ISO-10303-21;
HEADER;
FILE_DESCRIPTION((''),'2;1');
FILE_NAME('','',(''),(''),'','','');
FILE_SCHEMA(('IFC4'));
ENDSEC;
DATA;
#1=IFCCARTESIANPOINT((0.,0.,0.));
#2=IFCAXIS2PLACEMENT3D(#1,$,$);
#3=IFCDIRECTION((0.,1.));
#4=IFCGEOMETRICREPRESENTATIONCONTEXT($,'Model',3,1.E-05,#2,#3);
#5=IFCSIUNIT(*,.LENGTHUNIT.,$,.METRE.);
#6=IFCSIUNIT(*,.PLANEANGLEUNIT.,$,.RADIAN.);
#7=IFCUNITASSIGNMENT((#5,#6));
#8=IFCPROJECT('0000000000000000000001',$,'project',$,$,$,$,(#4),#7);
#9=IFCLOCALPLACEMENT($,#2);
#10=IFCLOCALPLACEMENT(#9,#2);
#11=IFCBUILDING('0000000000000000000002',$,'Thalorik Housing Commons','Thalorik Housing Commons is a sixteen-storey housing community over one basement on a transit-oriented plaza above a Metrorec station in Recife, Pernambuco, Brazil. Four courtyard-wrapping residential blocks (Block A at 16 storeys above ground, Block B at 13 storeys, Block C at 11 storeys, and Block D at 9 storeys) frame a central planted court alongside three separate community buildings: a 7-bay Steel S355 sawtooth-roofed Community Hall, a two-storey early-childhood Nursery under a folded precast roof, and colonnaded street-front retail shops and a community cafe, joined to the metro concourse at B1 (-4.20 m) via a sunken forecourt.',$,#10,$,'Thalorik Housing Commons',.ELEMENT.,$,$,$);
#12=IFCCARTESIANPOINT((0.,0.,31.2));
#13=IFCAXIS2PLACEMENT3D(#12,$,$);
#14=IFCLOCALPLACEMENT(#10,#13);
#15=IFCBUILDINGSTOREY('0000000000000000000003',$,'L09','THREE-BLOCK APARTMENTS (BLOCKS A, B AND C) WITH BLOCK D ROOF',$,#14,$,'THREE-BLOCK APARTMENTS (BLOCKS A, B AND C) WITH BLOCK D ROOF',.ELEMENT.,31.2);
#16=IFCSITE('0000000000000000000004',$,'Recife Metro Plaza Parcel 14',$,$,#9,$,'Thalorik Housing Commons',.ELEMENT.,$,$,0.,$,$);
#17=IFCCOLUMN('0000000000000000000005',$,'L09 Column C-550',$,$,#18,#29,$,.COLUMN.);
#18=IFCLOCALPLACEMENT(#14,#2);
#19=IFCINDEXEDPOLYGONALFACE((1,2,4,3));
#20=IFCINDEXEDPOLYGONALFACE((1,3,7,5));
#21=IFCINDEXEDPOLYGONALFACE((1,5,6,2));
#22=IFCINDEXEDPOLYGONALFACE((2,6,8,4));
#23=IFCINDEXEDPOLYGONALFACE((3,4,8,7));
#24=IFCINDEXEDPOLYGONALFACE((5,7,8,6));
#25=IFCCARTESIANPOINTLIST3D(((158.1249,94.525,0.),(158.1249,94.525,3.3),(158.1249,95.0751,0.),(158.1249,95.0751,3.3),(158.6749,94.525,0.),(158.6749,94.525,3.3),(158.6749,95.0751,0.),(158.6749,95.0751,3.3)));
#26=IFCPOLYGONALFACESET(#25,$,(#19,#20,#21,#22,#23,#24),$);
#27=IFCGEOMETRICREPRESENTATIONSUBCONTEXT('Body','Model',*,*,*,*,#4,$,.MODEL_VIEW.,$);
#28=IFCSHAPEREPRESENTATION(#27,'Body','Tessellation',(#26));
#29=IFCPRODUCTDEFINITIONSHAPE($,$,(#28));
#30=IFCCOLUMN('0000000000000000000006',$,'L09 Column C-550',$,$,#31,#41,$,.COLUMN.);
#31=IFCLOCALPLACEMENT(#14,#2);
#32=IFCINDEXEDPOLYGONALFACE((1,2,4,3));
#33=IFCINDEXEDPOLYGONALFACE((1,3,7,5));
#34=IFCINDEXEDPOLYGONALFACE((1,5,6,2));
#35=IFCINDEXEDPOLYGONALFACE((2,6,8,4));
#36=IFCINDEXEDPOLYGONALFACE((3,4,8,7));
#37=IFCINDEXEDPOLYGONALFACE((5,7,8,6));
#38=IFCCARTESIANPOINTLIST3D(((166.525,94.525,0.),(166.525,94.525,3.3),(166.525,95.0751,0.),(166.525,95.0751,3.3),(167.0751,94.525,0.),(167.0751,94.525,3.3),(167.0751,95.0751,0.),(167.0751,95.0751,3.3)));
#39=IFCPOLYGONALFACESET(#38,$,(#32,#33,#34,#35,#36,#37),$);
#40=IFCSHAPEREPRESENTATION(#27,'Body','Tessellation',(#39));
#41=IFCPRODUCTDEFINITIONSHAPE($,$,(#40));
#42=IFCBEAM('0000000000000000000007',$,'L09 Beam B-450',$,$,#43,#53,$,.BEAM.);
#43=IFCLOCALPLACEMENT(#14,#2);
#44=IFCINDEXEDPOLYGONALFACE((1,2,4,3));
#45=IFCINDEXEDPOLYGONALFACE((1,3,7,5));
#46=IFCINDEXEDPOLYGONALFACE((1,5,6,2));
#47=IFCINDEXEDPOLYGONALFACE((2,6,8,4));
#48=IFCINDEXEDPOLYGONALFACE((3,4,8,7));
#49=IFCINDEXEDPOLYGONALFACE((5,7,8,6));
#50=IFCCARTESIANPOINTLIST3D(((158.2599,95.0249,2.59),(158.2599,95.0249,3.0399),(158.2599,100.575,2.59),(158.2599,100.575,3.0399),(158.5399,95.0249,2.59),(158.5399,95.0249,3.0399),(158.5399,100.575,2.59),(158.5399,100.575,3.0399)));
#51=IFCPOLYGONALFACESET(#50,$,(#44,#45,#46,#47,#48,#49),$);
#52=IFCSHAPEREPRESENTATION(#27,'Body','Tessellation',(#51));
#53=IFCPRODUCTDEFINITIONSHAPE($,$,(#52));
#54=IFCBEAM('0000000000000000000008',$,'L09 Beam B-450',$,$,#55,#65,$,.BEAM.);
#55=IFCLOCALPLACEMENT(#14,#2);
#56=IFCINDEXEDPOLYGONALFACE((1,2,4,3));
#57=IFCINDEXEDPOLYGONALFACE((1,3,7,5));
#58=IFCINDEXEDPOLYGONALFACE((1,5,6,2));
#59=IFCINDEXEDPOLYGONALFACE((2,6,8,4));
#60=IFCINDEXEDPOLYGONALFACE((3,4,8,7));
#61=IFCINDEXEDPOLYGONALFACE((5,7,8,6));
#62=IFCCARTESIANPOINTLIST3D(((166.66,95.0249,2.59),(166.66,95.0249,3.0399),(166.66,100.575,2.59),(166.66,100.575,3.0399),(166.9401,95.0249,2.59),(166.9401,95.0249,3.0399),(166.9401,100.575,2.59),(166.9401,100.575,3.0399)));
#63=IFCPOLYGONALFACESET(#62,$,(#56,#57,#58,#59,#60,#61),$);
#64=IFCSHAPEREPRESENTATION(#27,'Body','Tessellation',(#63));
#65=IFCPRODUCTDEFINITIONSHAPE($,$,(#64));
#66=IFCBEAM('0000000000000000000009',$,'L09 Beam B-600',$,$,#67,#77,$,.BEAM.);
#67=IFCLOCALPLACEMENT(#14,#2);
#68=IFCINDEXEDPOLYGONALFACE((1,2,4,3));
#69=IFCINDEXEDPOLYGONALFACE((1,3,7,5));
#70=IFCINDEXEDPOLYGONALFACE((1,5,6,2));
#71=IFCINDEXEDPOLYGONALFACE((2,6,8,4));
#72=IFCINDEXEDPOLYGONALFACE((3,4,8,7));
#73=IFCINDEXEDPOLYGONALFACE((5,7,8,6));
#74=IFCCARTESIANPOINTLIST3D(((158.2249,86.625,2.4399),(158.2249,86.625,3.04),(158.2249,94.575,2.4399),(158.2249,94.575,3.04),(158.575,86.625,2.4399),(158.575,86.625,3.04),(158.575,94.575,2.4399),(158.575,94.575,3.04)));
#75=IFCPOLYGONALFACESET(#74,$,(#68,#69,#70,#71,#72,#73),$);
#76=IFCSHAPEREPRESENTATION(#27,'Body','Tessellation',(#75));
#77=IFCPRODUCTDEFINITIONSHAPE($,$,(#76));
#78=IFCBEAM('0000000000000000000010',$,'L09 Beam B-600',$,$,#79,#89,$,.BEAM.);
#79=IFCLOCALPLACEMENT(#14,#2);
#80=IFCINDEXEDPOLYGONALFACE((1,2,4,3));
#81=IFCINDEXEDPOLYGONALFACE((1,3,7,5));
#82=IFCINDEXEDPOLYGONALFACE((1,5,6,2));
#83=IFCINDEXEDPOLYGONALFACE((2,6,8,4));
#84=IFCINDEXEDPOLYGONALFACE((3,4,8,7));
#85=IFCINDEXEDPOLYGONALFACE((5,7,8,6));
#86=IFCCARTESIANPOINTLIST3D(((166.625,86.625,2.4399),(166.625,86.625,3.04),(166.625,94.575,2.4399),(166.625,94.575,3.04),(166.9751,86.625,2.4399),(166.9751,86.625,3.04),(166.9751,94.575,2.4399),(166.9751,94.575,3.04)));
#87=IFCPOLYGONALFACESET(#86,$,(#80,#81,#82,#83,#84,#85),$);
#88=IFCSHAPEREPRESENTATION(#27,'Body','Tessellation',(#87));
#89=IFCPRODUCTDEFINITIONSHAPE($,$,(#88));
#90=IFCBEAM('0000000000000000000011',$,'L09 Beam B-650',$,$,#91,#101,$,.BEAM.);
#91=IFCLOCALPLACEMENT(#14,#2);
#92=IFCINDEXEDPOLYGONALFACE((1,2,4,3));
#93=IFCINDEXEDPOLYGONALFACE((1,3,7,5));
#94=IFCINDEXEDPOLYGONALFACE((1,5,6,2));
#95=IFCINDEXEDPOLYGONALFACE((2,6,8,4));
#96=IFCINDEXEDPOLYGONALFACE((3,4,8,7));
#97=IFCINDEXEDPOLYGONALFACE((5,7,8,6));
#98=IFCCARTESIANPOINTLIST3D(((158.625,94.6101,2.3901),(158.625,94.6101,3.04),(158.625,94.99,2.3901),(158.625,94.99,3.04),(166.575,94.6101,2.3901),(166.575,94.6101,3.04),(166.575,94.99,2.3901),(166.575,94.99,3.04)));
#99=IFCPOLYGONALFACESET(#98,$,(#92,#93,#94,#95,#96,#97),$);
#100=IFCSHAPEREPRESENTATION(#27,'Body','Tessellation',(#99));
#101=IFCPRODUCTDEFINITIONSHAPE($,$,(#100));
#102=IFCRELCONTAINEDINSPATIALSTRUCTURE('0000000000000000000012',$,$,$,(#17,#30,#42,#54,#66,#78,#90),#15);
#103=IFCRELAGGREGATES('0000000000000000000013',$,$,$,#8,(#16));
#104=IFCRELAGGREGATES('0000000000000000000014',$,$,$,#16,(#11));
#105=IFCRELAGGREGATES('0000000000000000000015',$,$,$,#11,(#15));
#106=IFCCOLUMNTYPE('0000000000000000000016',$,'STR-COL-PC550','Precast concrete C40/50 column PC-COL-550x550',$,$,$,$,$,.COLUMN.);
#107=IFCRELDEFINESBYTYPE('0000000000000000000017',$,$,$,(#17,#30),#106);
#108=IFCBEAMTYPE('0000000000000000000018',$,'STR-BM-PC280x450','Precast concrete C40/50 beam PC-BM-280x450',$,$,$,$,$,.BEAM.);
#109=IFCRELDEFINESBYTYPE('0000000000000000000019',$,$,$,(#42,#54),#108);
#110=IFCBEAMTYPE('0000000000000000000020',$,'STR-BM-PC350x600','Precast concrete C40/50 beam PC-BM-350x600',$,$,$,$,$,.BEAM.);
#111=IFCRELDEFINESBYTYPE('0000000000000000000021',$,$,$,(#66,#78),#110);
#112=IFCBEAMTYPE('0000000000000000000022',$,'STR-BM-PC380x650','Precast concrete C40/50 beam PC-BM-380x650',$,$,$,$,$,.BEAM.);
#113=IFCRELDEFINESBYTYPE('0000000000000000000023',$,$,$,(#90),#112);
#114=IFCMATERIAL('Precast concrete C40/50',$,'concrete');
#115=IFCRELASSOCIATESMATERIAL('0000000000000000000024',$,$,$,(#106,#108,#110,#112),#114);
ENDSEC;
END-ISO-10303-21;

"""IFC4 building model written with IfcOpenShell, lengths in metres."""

from ifc_helpers import new_model, si_unit, direction, frame, origin, origin_2d, place, context, subcontext, project, spatial, rectangle, extrude, material, material_profile, profile_set, type_object, element, save


model = new_model("IFC4")

# Units and contexts
model_context = context("Model", 3, precision=1e-05, world=origin(), true_north=direction((0.0, 1.0)))
body_context = subcontext(model_context, "Body", "Model", "MODEL_VIEW")
ifc_project = project(units=[si_unit("LENGTHUNIT", "METRE"), si_unit("PLANEANGLEUNIT", "RADIAN")], contexts=[model_context])

# Site, building, storey
site_placement = place(None, origin())
site = spatial("IfcSite", under=ifc_project, at=site_placement, Name="Recife Metro Plaza Parcel 14", LongName="Thalorik Housing Commons", CompositionType="ELEMENT", RefElevation=0.0)
building_placement = place(site_placement, origin())
building = spatial("IfcBuilding", under=site, at=building_placement, Name="Thalorik Housing Commons", Description="Thalorik Housing Commons is a sixteen-storey housing community over one basement on a transit-oriented plaza above a Metrorec station in Recife, Pernambuco, Brazil. Four courtyard-wrapping residential blocks (Block A at 16 storeys above ground, Block B at 13 storeys, Block C at 11 storeys, and Block D at 9 storeys) frame a central planted court alongside three separate community buildings: a 7-bay Steel S355 sawtooth-roofed Community Hall, a two-storey early-childhood Nursery under a folded precast roof, and colonnaded street-front retail shops and a community cafe, joined to the metro concourse at B1 (-4.20 m) via a sunken forecourt.", LongName="Thalorik Housing Commons", CompositionType="ELEMENT")
storey_placement = place(building_placement, frame((0.0, 0.0, 31.2)))
storey = spatial("IfcBuildingStorey", under=building, at=storey_placement, Name="L09", Description="THREE-BLOCK APARTMENTS (BLOCKS A, B AND C) WITH BLOCK D ROOF", LongName="THREE-BLOCK APARTMENTS (BLOCKS A, B AND C) WITH BLOCK D ROOF", CompositionType="ELEMENT", Elevation=31.2)

# Columns
ifc_material_1 = material(Name="Precast concrete C40/50", Category="concrete")
ifc_material_profile_1 = material_profile(ifc_material_1, rectangle(XDim=0.55, YDim=0.55, at=origin_2d()), Name="PC 550x550", Category="concrete")
ifc_profile_set_1 = profile_set([ifc_material_profile_1], Name="Precast concrete C40/50")
column_type = type_object("IfcColumnType", Name="STR-COL-PC550", Description="Precast concrete C40/50 column PC-COL-550x550", PredefinedType="COLUMN", material=ifc_profile_set_1)
for number, where, z_axis, x_axis, name in (
    (1, (158.3999, 94.8, 0.0), (0.0, 0.0, 1.0), (1.0, 0.0, 0.0), "L09 Column C-550"),
    (2, (166.8, 94.8, 0.0), (0.0, 0.0, 1.0), (1.0, 0.0, 0.0), "L09 Column C-550"),
):
    element("IfcColumn", number, at=place(storey_placement, frame(where, z_axis=z_axis, x_axis=x_axis)), inside=storey, type_object=column_type, Name=name, PredefinedType="COLUMN", context=body_context, shape_type="SweptSolid", body=[
        extrude(rectangle(XDim=0.55, YDim=0.55, at=origin_2d()), origin(), (0.0, 0.0, 1.0), 3.3),
    ])

# Beams
ifc_material_profile_2 = material_profile(ifc_material_1, rectangle(XDim=0.28, YDim=0.45, at=origin_2d()), Name="PC 280x450", Category="concrete")
ifc_profile_set_2 = profile_set([ifc_material_profile_2], Name="Precast concrete C40/50")
beam_type_1 = type_object("IfcBeamType", Name="STR-BM-PC280x450", Description="Precast concrete C40/50 beam PC-BM-280x450", PredefinedType="BEAM", material=ifc_profile_set_2)
for number, where, z_axis, x_axis, name in (
    (3, (158.3999, 95.0249, 2.8149), (0.0, 1.0, 0.0), (-1.0, 0.0, 0.0), "L09 Beam B-450"),
    (4, (166.8, 95.0249, 2.8149), (0.0, 1.0, 0.0), (-1.0, 0.0, 0.0), "L09 Beam B-450"),
):
    element("IfcBeam", number, at=place(storey_placement, frame(where, z_axis=z_axis, x_axis=x_axis)), inside=storey, type_object=beam_type_1, Name=name, PredefinedType="BEAM", context=body_context, shape_type="SweptSolid", body=[
        extrude(rectangle(XDim=0.28, YDim=0.45, at=origin_2d()), origin(), (0.0, 0.0, 1.0), 5.55),
    ])
ifc_material_profile_3 = material_profile(ifc_material_1, rectangle(XDim=0.3501, YDim=0.6001, at=origin_2d()), Name="PC 350x600", Category="concrete")
ifc_profile_set_3 = profile_set([ifc_material_profile_3], Name="Precast concrete C40/50")
beam_type_2 = type_object("IfcBeamType", Name="STR-BM-PC350x600", Description="Precast concrete C40/50 beam PC-BM-350x600", PredefinedType="BEAM", material=ifc_profile_set_3)
for number, where, z_axis, x_axis, name in (
    (5, (158.3999, 86.625, 2.74), (0.0, 1.0, 0.0), (-1.0, 0.0, 0.0), "L09 Beam B-600"),
    (6, (166.8, 86.625, 2.74), (0.0, 1.0, 0.0), (-1.0, 0.0, 0.0), "L09 Beam B-600"),
):
    element("IfcBeam", number, at=place(storey_placement, frame(where, z_axis=z_axis, x_axis=x_axis)), inside=storey, type_object=beam_type_2, Name=name, PredefinedType="BEAM", context=body_context, shape_type="SweptSolid", body=[
        extrude(rectangle(XDim=0.3501, YDim=0.6001, at=origin_2d()), origin(), (0.0, 0.0, 1.0), 7.95),
    ])
ifc_material_profile_4 = material_profile(ifc_material_1, rectangle(XDim=0.3799, YDim=0.6499, at=origin_2d()), Name="PC 380x650", Category="concrete")
ifc_profile_set_4 = profile_set([ifc_material_profile_4], Name="Precast concrete C40/50")
beam_type_3 = type_object("IfcBeamType", Name="STR-BM-PC380x650", Description="Precast concrete C40/50 beam PC-BM-380x650", PredefinedType="BEAM", material=ifc_profile_set_4)
beam_placement = place(storey_placement, frame((158.625, 94.8, 2.7151), z_axis=(1.0, 0.0, 0.0), x_axis=(0.0, 1.0, 0.0)))
element("IfcBeam", 7, at=beam_placement, inside=storey, type_object=beam_type_3, Name="L09 Beam B-650", PredefinedType="BEAM", context=body_context, shape_type="SweptSolid", body=[
    extrude(rectangle(XDim=0.3799, YDim=0.6499, at=origin_2d()), origin(), (0.0, 0.0, 1.0), 7.95),
])

save(model, "model.ifc")
